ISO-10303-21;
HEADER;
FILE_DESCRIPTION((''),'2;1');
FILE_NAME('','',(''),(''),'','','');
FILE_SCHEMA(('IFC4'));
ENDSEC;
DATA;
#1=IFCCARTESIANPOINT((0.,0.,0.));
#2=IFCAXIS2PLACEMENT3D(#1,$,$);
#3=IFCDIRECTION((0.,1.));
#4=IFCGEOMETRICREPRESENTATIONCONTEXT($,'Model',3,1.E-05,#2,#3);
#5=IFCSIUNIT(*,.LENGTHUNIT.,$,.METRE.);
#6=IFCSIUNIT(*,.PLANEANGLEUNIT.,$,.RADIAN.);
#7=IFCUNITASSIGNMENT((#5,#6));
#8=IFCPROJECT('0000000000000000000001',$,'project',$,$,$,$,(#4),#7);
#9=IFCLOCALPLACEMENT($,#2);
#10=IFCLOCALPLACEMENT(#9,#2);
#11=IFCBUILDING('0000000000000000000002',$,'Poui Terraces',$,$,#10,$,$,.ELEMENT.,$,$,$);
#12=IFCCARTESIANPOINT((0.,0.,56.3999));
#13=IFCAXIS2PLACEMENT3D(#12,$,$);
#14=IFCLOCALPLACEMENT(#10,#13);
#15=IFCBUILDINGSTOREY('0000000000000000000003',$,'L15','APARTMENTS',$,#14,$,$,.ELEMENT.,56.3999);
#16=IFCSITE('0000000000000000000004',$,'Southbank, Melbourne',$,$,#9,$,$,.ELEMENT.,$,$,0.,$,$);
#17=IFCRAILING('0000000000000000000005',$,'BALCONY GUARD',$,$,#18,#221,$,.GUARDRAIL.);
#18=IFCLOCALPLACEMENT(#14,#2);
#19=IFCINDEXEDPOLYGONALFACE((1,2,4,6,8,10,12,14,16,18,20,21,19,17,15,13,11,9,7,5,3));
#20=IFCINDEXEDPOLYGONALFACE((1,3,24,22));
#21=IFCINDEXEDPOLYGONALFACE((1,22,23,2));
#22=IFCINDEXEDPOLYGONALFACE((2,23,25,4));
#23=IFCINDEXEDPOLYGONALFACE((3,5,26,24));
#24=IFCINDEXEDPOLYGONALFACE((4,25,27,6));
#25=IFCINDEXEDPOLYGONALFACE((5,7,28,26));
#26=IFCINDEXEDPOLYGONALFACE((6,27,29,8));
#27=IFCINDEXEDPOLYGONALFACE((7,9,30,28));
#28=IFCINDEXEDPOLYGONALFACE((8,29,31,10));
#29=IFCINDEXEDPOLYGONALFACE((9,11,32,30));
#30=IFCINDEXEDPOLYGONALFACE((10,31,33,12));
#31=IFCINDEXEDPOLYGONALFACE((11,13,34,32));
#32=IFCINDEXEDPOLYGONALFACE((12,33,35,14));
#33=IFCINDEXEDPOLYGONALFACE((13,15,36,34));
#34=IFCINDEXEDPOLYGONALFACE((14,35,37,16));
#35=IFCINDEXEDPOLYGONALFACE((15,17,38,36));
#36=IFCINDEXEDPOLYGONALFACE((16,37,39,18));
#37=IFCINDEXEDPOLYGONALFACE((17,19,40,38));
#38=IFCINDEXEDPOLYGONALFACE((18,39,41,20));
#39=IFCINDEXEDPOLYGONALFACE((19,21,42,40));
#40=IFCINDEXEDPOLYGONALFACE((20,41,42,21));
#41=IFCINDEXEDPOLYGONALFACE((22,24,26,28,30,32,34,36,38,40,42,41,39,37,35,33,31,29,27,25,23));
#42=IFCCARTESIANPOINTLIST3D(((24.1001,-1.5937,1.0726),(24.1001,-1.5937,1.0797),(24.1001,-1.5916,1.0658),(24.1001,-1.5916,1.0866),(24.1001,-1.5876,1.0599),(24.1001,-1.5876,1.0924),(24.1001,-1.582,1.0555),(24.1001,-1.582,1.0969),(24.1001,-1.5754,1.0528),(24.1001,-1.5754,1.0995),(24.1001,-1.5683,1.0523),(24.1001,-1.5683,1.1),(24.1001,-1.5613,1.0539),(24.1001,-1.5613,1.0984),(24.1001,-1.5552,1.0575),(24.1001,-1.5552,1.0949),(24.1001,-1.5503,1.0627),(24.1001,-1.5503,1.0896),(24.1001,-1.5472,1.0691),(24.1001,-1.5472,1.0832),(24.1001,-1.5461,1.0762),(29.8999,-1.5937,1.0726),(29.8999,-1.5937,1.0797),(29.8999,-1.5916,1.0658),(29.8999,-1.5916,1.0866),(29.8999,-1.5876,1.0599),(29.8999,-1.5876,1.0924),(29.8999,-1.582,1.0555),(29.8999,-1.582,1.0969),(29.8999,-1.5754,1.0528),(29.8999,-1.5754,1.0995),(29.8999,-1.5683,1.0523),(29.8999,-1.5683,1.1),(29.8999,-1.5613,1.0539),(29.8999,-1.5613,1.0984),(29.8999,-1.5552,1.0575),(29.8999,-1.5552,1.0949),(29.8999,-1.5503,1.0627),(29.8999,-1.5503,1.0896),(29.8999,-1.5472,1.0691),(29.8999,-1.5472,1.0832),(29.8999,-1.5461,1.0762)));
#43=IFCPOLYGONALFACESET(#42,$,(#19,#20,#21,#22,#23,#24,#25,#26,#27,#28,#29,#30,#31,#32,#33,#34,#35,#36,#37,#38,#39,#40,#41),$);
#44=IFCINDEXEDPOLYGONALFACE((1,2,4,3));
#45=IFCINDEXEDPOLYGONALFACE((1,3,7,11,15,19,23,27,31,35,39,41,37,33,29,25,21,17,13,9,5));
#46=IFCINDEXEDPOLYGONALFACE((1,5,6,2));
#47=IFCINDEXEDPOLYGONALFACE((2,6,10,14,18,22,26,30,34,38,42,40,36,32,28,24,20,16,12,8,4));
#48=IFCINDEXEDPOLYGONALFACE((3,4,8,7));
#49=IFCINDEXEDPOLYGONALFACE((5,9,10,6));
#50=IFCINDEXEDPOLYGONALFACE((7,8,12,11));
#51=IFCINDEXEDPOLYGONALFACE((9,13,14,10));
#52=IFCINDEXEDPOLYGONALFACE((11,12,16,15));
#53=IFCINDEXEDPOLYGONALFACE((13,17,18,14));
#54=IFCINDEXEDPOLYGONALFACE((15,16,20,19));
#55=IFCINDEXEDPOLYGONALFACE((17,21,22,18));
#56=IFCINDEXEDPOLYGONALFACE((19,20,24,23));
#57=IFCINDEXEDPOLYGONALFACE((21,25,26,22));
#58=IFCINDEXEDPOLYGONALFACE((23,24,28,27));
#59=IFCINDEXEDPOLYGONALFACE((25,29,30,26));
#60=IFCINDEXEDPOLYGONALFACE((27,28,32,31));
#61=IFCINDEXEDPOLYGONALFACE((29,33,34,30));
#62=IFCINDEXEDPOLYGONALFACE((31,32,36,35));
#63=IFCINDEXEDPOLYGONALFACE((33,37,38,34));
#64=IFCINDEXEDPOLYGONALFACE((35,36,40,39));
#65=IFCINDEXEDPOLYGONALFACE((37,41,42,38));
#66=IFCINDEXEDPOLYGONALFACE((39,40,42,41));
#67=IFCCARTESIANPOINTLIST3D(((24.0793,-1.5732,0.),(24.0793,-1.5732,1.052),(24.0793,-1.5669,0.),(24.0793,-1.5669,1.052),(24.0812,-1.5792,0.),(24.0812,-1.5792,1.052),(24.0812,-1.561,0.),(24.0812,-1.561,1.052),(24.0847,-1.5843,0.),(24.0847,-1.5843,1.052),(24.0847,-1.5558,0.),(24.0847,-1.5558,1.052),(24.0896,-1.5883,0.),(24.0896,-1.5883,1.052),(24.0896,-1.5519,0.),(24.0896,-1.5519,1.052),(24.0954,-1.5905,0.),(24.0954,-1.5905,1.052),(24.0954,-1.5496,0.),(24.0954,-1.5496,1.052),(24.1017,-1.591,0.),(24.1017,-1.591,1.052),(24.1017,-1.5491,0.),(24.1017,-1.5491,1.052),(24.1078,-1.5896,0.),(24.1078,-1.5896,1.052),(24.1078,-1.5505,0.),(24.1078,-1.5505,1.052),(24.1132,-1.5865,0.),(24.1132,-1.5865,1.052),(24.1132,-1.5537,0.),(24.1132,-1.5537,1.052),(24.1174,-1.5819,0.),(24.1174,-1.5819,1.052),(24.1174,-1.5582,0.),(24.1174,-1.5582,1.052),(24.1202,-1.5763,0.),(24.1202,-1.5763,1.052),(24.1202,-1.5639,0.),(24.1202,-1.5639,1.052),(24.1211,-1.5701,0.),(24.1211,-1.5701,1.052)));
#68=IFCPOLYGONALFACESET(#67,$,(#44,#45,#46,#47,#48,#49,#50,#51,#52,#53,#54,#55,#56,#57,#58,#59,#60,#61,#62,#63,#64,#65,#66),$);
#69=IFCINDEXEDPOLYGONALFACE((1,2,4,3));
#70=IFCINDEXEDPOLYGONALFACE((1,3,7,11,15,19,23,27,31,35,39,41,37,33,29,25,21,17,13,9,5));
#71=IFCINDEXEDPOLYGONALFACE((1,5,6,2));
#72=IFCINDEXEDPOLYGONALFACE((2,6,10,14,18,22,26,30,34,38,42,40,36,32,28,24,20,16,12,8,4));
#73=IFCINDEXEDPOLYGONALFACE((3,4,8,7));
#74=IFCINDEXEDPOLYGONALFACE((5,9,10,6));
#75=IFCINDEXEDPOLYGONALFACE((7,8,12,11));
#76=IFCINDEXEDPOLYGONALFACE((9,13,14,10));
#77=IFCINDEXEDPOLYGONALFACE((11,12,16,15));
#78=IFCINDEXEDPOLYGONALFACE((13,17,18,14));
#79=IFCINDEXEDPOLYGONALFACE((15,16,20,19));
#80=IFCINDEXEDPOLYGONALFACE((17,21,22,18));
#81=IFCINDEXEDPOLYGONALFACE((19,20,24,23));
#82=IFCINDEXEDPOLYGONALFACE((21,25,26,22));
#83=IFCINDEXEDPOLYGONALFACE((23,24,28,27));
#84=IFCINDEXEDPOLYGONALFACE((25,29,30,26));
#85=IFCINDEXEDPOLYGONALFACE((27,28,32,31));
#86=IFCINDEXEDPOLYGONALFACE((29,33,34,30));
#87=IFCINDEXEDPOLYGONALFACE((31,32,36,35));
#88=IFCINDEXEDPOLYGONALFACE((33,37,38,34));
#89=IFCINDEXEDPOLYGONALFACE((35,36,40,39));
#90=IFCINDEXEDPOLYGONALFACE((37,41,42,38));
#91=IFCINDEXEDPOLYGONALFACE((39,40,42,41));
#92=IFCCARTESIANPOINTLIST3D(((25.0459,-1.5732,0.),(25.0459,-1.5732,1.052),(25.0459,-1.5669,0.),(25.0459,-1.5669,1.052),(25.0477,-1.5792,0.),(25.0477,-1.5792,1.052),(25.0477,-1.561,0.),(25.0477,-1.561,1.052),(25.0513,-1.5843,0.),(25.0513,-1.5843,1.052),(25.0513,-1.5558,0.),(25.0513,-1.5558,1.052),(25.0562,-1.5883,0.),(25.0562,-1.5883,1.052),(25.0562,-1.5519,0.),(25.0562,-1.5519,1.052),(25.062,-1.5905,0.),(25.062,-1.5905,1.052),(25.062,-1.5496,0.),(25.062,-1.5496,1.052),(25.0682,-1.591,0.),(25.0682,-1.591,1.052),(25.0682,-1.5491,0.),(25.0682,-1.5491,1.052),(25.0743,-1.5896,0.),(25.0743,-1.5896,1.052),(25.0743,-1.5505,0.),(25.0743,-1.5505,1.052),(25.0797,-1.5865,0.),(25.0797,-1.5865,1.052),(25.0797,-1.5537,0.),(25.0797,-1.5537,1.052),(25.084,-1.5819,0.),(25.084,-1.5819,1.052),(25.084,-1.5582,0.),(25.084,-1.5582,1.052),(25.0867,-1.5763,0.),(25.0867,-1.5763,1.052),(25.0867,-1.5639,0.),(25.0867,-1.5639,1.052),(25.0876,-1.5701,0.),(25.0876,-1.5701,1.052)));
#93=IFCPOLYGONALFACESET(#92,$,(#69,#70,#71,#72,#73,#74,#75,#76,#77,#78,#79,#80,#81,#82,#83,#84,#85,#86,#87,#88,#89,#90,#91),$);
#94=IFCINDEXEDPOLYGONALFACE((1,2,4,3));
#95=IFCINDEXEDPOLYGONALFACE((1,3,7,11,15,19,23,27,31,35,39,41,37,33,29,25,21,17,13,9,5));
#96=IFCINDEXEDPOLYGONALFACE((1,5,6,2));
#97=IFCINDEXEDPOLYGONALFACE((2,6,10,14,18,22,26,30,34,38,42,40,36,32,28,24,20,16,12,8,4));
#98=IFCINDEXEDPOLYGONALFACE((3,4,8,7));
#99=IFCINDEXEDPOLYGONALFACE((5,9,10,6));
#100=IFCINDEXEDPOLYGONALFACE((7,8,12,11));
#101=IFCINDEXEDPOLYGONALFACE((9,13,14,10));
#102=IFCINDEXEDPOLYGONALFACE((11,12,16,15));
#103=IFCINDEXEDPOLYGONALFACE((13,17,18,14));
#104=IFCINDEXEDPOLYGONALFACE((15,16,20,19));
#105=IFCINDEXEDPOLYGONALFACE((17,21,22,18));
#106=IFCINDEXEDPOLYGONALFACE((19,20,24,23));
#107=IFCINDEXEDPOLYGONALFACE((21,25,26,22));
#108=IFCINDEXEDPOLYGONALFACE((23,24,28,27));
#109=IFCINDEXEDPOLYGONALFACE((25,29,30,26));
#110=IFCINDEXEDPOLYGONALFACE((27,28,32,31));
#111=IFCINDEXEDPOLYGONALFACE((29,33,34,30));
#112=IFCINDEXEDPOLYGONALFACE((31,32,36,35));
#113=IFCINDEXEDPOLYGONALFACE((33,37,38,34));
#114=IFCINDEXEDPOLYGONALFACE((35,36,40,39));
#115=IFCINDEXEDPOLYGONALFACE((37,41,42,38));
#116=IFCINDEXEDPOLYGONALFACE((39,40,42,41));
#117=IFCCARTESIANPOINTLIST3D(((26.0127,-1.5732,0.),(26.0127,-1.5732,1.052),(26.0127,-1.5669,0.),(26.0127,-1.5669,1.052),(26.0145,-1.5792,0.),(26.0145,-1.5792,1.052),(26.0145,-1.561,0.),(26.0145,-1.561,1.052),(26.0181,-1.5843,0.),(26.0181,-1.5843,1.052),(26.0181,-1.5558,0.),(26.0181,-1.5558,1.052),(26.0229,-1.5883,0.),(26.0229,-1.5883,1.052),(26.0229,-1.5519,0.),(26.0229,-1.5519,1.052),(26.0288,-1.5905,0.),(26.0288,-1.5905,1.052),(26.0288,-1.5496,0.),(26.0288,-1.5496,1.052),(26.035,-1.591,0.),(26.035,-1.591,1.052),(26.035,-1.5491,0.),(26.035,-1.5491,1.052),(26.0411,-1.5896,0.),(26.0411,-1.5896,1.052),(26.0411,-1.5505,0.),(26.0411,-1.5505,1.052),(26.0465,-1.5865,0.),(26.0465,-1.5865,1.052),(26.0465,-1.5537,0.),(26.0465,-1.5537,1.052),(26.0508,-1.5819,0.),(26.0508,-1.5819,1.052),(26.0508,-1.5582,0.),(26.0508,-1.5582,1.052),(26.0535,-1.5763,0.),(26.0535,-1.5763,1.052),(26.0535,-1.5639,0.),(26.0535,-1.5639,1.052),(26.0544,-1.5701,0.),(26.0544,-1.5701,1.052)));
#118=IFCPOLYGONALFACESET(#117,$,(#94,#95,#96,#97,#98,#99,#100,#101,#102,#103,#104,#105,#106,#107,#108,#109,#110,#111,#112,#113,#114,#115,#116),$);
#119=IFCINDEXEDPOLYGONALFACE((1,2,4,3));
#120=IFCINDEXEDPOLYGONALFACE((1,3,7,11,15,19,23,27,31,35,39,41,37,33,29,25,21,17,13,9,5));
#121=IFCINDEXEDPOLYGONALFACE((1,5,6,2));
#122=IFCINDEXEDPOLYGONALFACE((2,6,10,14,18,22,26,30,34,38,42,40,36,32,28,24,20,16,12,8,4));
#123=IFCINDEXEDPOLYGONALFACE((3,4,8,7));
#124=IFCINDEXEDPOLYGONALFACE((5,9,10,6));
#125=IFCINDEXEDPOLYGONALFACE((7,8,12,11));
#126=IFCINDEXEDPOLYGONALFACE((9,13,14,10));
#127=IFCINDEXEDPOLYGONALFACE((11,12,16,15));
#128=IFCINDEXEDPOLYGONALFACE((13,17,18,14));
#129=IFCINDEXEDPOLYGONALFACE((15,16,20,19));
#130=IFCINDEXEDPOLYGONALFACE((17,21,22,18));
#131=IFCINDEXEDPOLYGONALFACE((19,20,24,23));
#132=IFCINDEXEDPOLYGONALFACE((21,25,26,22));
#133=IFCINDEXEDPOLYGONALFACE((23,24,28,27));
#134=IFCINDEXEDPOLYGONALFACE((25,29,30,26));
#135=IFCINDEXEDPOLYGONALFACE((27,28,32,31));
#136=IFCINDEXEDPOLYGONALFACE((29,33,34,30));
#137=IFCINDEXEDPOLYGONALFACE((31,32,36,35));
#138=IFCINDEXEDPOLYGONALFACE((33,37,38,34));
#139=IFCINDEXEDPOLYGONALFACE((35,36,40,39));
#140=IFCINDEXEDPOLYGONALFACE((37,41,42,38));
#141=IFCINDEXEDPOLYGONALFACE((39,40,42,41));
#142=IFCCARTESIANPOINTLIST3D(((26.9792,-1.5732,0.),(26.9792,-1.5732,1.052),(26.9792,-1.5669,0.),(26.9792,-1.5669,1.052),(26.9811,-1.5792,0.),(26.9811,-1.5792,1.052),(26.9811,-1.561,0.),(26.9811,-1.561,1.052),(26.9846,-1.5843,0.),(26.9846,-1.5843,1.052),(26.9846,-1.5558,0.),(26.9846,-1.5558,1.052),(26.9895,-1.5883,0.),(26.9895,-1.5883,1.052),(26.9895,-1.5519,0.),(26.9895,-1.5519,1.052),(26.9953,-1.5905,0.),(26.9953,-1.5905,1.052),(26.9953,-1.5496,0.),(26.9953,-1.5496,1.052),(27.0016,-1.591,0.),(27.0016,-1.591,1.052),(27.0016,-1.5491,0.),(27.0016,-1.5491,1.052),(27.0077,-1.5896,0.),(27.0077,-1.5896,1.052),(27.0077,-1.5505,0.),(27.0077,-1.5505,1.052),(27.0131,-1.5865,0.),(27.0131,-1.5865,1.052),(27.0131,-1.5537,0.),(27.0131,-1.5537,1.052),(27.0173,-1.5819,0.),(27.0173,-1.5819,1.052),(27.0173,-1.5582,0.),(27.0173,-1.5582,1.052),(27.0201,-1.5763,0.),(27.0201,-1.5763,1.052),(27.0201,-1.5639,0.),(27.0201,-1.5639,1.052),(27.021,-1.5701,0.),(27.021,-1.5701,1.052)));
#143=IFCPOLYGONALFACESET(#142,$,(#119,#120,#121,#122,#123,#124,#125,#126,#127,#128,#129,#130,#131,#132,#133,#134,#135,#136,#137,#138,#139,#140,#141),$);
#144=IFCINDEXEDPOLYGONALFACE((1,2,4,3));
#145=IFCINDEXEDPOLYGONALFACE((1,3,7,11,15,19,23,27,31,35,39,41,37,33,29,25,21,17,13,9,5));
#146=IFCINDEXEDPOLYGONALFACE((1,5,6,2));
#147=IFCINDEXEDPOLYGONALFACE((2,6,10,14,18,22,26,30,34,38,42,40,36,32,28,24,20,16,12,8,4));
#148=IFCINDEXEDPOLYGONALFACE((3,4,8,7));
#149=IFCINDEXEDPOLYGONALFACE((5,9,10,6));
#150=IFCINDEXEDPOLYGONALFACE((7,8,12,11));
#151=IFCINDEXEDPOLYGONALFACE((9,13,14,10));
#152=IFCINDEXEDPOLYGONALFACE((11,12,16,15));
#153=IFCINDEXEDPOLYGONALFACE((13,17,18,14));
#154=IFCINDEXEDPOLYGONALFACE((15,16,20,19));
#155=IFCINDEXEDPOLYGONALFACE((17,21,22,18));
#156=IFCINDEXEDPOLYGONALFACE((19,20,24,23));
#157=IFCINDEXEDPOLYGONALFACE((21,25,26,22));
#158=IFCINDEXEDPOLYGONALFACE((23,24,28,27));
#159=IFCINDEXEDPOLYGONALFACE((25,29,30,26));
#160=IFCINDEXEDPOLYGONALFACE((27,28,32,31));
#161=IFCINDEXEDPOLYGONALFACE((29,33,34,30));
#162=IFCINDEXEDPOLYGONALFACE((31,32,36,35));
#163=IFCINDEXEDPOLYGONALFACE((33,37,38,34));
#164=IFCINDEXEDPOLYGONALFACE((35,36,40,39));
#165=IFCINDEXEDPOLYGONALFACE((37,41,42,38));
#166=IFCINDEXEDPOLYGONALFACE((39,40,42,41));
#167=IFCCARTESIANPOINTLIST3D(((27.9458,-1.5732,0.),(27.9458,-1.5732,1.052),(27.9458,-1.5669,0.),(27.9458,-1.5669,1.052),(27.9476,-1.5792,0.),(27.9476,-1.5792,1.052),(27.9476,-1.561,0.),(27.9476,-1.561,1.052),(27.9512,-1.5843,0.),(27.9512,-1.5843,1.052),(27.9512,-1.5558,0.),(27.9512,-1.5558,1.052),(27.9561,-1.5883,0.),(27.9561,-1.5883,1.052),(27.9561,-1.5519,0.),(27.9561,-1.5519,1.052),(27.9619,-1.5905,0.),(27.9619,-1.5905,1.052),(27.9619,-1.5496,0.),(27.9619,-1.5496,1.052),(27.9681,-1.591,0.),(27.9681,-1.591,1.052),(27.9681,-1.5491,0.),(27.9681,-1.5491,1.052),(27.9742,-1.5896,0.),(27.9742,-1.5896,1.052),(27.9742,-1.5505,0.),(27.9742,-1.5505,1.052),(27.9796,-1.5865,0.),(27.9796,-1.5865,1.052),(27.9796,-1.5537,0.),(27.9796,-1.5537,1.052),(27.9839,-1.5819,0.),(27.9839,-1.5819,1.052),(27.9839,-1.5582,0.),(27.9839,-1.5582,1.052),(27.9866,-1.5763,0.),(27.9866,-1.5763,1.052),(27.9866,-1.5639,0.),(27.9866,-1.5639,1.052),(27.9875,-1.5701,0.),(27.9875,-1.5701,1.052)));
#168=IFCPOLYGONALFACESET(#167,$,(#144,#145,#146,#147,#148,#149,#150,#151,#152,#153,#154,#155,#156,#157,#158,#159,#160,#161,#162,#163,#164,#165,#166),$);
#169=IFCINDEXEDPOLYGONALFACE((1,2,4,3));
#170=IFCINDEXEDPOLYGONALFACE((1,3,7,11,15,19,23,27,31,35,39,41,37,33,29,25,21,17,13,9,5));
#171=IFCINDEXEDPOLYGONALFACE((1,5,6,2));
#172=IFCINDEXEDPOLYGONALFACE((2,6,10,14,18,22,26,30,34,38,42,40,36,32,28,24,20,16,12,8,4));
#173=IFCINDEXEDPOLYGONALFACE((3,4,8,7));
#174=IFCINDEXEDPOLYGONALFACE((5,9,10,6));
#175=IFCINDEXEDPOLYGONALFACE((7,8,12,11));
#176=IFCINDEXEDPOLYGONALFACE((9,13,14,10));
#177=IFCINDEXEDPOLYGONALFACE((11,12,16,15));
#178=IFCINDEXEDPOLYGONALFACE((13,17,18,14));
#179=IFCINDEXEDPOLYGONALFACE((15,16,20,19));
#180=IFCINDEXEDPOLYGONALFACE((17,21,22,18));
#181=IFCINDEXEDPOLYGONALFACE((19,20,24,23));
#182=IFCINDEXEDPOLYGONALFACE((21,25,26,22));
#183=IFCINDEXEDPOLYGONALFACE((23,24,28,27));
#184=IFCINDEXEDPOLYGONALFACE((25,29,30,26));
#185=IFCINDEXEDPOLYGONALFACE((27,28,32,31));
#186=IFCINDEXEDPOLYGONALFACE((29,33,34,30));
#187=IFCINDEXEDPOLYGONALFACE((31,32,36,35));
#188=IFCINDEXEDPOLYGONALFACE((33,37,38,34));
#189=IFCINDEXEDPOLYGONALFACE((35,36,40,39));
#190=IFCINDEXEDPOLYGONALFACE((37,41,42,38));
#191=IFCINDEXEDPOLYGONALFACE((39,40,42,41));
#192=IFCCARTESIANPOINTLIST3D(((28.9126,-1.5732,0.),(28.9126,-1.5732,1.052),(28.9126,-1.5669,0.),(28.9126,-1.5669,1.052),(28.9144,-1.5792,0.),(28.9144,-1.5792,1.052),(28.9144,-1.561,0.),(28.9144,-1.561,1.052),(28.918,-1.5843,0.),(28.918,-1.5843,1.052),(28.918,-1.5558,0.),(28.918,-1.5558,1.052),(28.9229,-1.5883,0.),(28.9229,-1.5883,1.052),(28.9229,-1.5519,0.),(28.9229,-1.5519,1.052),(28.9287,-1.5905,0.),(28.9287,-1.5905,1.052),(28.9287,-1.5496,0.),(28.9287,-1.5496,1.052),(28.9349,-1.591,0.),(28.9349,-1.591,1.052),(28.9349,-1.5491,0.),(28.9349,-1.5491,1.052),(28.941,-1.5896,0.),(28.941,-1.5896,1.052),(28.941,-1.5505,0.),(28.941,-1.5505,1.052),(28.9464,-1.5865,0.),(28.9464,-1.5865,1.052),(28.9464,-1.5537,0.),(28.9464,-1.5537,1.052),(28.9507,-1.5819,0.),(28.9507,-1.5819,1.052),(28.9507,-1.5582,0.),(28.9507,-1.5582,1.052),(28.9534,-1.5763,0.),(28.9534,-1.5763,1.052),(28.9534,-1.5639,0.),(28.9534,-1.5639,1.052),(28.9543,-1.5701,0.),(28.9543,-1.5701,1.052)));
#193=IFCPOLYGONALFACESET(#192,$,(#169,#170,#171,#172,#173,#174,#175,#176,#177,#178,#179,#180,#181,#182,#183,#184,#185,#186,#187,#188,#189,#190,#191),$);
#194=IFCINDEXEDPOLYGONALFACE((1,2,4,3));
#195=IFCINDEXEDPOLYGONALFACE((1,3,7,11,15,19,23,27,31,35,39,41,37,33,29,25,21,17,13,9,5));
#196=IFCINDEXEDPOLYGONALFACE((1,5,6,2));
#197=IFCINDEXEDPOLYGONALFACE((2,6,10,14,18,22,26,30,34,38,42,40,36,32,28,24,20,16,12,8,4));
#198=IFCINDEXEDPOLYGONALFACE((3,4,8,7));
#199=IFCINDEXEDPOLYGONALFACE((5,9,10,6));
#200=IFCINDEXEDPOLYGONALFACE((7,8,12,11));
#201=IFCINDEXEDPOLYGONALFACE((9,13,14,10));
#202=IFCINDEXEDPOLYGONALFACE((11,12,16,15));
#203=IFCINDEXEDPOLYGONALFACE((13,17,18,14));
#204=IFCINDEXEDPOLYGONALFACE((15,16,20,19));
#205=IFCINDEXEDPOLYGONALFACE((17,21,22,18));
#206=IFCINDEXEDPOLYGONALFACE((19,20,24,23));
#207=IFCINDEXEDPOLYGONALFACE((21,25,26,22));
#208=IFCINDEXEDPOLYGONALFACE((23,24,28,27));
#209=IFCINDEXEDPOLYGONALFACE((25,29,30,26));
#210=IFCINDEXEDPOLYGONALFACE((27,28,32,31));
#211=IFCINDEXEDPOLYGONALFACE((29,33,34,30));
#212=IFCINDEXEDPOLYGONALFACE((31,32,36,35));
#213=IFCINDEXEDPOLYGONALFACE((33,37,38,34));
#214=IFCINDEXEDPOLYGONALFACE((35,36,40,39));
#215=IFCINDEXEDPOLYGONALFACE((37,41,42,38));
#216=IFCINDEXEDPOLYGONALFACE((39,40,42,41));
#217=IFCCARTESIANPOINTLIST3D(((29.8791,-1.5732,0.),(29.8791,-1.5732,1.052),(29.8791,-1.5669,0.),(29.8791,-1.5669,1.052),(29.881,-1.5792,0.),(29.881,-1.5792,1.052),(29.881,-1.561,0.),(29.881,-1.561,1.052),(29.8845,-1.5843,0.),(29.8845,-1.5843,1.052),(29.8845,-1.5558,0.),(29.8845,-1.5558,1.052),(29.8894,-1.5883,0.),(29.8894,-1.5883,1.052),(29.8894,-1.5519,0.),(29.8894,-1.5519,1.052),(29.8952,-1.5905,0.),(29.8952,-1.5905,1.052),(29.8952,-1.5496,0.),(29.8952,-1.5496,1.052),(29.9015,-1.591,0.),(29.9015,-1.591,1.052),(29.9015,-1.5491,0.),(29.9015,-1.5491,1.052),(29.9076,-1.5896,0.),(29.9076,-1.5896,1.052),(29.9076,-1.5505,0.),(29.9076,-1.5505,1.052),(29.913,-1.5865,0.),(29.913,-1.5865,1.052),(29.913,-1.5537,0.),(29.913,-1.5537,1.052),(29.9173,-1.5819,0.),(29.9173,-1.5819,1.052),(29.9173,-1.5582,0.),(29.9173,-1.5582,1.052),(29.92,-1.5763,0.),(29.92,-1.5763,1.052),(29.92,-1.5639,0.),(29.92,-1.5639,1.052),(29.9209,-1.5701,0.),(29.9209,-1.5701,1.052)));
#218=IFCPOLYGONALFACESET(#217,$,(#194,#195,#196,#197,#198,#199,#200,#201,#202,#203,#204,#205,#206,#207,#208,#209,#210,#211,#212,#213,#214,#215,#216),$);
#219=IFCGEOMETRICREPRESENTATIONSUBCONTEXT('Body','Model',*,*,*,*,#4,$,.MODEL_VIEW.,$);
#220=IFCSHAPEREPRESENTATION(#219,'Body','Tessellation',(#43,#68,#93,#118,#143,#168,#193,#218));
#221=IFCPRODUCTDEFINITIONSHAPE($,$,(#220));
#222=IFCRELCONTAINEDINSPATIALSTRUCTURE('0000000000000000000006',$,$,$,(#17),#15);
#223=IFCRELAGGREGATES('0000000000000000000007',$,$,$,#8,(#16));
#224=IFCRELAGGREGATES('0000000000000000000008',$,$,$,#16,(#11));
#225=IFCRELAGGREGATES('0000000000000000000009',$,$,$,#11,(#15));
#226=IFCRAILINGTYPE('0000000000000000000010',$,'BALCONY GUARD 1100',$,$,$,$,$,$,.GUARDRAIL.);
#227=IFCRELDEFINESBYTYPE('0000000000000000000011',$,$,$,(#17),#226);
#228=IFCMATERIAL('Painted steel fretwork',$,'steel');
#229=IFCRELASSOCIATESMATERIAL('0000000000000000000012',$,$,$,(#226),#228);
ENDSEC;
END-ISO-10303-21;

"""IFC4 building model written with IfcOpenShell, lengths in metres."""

from ifc_helpers import new_model, si_unit, direction, frame, origin, origin_2d, place, context, subcontext, project, spatial, circle, extrude, material, type_object, element, save


model = new_model("IFC4")

# Units and contexts
model_context = context("Model", 3, precision=1e-05, world=origin(), true_north=direction((0.0, 1.0)))
body_context = subcontext(model_context, "Body", "Model", "MODEL_VIEW")
ifc_project = project(units=[si_unit("LENGTHUNIT", "METRE"), si_unit("PLANEANGLEUNIT", "RADIAN")], contexts=[model_context])

# Site, building, storey
site_placement = place(None, origin())
site = spatial("IfcSite", under=ifc_project, at=site_placement, Name="Southbank, Melbourne", CompositionType="ELEMENT", RefElevation=0.0)
building_placement = place(site_placement, origin())
building = spatial("IfcBuilding", under=site, at=building_placement, Name="Poui Terraces", CompositionType="ELEMENT")
storey_placement = place(building_placement, frame((0.0, 0.0, 56.3999)))
storey = spatial("IfcBuildingStorey", under=building, at=storey_placement, Name="L15", Description="APARTMENTS", CompositionType="ELEMENT", Elevation=56.3999)

# Railing
ifc_material_1 = material(Name="Painted steel fretwork", Category="steel")
railing_type = type_object("IfcRailingType", Name="BALCONY GUARD 1100", PredefinedType="GUARDRAIL", material=ifc_material_1)
railing_placement = place(storey_placement, frame((24.1001, -1.5701, 0.0)))
element("IfcRailing", 1, at=railing_placement, inside=storey, type_object=railing_type, Name="BALCONY GUARD", PredefinedType="GUARDRAIL", context=body_context, shape_type="SweptSolid", body=[
    extrude(circle(Radius=0.0239, at=origin_2d()), frame((0.0, 0.0, 1.0762), z_axis=(1.0, 0.0, 0.0), x_axis=(0.0, 1.0, 0.0)), (0.0, 0.0, 1.0), 5.7998),
    extrude(circle(Radius=0.021, at=origin_2d()), origin(), (0.0, 0.0, 1.0), 1.052),
    extrude(circle(Radius=0.021, at=origin_2d()), frame((0.9666, 0.0, 0.0)), (0.0, 0.0, 1.0), 1.052),
    extrude(circle(Radius=0.021, at=origin_2d()), frame((1.9333, 0.0, 0.0)), (0.0, 0.0, 1.0), 1.052),
    extrude(circle(Radius=0.021, at=origin_2d()), frame((2.8999, 0.0, 0.0)), (0.0, 0.0, 1.0), 1.052),
    extrude(circle(Radius=0.021, at=origin_2d()), frame((3.8665, 0.0, 0.0)), (0.0, 0.0, 1.0), 1.052),
    extrude(circle(Radius=0.021, at=origin_2d()), frame((4.8333, 0.0, 0.0)), (0.0, 0.0, 1.0), 1.052),
    extrude(circle(Radius=0.021, at=origin_2d()), frame((5.7998, 0.0, 0.0)), (0.0, 0.0, 1.0), 1.052),
])

save(model, "model.ifc")
